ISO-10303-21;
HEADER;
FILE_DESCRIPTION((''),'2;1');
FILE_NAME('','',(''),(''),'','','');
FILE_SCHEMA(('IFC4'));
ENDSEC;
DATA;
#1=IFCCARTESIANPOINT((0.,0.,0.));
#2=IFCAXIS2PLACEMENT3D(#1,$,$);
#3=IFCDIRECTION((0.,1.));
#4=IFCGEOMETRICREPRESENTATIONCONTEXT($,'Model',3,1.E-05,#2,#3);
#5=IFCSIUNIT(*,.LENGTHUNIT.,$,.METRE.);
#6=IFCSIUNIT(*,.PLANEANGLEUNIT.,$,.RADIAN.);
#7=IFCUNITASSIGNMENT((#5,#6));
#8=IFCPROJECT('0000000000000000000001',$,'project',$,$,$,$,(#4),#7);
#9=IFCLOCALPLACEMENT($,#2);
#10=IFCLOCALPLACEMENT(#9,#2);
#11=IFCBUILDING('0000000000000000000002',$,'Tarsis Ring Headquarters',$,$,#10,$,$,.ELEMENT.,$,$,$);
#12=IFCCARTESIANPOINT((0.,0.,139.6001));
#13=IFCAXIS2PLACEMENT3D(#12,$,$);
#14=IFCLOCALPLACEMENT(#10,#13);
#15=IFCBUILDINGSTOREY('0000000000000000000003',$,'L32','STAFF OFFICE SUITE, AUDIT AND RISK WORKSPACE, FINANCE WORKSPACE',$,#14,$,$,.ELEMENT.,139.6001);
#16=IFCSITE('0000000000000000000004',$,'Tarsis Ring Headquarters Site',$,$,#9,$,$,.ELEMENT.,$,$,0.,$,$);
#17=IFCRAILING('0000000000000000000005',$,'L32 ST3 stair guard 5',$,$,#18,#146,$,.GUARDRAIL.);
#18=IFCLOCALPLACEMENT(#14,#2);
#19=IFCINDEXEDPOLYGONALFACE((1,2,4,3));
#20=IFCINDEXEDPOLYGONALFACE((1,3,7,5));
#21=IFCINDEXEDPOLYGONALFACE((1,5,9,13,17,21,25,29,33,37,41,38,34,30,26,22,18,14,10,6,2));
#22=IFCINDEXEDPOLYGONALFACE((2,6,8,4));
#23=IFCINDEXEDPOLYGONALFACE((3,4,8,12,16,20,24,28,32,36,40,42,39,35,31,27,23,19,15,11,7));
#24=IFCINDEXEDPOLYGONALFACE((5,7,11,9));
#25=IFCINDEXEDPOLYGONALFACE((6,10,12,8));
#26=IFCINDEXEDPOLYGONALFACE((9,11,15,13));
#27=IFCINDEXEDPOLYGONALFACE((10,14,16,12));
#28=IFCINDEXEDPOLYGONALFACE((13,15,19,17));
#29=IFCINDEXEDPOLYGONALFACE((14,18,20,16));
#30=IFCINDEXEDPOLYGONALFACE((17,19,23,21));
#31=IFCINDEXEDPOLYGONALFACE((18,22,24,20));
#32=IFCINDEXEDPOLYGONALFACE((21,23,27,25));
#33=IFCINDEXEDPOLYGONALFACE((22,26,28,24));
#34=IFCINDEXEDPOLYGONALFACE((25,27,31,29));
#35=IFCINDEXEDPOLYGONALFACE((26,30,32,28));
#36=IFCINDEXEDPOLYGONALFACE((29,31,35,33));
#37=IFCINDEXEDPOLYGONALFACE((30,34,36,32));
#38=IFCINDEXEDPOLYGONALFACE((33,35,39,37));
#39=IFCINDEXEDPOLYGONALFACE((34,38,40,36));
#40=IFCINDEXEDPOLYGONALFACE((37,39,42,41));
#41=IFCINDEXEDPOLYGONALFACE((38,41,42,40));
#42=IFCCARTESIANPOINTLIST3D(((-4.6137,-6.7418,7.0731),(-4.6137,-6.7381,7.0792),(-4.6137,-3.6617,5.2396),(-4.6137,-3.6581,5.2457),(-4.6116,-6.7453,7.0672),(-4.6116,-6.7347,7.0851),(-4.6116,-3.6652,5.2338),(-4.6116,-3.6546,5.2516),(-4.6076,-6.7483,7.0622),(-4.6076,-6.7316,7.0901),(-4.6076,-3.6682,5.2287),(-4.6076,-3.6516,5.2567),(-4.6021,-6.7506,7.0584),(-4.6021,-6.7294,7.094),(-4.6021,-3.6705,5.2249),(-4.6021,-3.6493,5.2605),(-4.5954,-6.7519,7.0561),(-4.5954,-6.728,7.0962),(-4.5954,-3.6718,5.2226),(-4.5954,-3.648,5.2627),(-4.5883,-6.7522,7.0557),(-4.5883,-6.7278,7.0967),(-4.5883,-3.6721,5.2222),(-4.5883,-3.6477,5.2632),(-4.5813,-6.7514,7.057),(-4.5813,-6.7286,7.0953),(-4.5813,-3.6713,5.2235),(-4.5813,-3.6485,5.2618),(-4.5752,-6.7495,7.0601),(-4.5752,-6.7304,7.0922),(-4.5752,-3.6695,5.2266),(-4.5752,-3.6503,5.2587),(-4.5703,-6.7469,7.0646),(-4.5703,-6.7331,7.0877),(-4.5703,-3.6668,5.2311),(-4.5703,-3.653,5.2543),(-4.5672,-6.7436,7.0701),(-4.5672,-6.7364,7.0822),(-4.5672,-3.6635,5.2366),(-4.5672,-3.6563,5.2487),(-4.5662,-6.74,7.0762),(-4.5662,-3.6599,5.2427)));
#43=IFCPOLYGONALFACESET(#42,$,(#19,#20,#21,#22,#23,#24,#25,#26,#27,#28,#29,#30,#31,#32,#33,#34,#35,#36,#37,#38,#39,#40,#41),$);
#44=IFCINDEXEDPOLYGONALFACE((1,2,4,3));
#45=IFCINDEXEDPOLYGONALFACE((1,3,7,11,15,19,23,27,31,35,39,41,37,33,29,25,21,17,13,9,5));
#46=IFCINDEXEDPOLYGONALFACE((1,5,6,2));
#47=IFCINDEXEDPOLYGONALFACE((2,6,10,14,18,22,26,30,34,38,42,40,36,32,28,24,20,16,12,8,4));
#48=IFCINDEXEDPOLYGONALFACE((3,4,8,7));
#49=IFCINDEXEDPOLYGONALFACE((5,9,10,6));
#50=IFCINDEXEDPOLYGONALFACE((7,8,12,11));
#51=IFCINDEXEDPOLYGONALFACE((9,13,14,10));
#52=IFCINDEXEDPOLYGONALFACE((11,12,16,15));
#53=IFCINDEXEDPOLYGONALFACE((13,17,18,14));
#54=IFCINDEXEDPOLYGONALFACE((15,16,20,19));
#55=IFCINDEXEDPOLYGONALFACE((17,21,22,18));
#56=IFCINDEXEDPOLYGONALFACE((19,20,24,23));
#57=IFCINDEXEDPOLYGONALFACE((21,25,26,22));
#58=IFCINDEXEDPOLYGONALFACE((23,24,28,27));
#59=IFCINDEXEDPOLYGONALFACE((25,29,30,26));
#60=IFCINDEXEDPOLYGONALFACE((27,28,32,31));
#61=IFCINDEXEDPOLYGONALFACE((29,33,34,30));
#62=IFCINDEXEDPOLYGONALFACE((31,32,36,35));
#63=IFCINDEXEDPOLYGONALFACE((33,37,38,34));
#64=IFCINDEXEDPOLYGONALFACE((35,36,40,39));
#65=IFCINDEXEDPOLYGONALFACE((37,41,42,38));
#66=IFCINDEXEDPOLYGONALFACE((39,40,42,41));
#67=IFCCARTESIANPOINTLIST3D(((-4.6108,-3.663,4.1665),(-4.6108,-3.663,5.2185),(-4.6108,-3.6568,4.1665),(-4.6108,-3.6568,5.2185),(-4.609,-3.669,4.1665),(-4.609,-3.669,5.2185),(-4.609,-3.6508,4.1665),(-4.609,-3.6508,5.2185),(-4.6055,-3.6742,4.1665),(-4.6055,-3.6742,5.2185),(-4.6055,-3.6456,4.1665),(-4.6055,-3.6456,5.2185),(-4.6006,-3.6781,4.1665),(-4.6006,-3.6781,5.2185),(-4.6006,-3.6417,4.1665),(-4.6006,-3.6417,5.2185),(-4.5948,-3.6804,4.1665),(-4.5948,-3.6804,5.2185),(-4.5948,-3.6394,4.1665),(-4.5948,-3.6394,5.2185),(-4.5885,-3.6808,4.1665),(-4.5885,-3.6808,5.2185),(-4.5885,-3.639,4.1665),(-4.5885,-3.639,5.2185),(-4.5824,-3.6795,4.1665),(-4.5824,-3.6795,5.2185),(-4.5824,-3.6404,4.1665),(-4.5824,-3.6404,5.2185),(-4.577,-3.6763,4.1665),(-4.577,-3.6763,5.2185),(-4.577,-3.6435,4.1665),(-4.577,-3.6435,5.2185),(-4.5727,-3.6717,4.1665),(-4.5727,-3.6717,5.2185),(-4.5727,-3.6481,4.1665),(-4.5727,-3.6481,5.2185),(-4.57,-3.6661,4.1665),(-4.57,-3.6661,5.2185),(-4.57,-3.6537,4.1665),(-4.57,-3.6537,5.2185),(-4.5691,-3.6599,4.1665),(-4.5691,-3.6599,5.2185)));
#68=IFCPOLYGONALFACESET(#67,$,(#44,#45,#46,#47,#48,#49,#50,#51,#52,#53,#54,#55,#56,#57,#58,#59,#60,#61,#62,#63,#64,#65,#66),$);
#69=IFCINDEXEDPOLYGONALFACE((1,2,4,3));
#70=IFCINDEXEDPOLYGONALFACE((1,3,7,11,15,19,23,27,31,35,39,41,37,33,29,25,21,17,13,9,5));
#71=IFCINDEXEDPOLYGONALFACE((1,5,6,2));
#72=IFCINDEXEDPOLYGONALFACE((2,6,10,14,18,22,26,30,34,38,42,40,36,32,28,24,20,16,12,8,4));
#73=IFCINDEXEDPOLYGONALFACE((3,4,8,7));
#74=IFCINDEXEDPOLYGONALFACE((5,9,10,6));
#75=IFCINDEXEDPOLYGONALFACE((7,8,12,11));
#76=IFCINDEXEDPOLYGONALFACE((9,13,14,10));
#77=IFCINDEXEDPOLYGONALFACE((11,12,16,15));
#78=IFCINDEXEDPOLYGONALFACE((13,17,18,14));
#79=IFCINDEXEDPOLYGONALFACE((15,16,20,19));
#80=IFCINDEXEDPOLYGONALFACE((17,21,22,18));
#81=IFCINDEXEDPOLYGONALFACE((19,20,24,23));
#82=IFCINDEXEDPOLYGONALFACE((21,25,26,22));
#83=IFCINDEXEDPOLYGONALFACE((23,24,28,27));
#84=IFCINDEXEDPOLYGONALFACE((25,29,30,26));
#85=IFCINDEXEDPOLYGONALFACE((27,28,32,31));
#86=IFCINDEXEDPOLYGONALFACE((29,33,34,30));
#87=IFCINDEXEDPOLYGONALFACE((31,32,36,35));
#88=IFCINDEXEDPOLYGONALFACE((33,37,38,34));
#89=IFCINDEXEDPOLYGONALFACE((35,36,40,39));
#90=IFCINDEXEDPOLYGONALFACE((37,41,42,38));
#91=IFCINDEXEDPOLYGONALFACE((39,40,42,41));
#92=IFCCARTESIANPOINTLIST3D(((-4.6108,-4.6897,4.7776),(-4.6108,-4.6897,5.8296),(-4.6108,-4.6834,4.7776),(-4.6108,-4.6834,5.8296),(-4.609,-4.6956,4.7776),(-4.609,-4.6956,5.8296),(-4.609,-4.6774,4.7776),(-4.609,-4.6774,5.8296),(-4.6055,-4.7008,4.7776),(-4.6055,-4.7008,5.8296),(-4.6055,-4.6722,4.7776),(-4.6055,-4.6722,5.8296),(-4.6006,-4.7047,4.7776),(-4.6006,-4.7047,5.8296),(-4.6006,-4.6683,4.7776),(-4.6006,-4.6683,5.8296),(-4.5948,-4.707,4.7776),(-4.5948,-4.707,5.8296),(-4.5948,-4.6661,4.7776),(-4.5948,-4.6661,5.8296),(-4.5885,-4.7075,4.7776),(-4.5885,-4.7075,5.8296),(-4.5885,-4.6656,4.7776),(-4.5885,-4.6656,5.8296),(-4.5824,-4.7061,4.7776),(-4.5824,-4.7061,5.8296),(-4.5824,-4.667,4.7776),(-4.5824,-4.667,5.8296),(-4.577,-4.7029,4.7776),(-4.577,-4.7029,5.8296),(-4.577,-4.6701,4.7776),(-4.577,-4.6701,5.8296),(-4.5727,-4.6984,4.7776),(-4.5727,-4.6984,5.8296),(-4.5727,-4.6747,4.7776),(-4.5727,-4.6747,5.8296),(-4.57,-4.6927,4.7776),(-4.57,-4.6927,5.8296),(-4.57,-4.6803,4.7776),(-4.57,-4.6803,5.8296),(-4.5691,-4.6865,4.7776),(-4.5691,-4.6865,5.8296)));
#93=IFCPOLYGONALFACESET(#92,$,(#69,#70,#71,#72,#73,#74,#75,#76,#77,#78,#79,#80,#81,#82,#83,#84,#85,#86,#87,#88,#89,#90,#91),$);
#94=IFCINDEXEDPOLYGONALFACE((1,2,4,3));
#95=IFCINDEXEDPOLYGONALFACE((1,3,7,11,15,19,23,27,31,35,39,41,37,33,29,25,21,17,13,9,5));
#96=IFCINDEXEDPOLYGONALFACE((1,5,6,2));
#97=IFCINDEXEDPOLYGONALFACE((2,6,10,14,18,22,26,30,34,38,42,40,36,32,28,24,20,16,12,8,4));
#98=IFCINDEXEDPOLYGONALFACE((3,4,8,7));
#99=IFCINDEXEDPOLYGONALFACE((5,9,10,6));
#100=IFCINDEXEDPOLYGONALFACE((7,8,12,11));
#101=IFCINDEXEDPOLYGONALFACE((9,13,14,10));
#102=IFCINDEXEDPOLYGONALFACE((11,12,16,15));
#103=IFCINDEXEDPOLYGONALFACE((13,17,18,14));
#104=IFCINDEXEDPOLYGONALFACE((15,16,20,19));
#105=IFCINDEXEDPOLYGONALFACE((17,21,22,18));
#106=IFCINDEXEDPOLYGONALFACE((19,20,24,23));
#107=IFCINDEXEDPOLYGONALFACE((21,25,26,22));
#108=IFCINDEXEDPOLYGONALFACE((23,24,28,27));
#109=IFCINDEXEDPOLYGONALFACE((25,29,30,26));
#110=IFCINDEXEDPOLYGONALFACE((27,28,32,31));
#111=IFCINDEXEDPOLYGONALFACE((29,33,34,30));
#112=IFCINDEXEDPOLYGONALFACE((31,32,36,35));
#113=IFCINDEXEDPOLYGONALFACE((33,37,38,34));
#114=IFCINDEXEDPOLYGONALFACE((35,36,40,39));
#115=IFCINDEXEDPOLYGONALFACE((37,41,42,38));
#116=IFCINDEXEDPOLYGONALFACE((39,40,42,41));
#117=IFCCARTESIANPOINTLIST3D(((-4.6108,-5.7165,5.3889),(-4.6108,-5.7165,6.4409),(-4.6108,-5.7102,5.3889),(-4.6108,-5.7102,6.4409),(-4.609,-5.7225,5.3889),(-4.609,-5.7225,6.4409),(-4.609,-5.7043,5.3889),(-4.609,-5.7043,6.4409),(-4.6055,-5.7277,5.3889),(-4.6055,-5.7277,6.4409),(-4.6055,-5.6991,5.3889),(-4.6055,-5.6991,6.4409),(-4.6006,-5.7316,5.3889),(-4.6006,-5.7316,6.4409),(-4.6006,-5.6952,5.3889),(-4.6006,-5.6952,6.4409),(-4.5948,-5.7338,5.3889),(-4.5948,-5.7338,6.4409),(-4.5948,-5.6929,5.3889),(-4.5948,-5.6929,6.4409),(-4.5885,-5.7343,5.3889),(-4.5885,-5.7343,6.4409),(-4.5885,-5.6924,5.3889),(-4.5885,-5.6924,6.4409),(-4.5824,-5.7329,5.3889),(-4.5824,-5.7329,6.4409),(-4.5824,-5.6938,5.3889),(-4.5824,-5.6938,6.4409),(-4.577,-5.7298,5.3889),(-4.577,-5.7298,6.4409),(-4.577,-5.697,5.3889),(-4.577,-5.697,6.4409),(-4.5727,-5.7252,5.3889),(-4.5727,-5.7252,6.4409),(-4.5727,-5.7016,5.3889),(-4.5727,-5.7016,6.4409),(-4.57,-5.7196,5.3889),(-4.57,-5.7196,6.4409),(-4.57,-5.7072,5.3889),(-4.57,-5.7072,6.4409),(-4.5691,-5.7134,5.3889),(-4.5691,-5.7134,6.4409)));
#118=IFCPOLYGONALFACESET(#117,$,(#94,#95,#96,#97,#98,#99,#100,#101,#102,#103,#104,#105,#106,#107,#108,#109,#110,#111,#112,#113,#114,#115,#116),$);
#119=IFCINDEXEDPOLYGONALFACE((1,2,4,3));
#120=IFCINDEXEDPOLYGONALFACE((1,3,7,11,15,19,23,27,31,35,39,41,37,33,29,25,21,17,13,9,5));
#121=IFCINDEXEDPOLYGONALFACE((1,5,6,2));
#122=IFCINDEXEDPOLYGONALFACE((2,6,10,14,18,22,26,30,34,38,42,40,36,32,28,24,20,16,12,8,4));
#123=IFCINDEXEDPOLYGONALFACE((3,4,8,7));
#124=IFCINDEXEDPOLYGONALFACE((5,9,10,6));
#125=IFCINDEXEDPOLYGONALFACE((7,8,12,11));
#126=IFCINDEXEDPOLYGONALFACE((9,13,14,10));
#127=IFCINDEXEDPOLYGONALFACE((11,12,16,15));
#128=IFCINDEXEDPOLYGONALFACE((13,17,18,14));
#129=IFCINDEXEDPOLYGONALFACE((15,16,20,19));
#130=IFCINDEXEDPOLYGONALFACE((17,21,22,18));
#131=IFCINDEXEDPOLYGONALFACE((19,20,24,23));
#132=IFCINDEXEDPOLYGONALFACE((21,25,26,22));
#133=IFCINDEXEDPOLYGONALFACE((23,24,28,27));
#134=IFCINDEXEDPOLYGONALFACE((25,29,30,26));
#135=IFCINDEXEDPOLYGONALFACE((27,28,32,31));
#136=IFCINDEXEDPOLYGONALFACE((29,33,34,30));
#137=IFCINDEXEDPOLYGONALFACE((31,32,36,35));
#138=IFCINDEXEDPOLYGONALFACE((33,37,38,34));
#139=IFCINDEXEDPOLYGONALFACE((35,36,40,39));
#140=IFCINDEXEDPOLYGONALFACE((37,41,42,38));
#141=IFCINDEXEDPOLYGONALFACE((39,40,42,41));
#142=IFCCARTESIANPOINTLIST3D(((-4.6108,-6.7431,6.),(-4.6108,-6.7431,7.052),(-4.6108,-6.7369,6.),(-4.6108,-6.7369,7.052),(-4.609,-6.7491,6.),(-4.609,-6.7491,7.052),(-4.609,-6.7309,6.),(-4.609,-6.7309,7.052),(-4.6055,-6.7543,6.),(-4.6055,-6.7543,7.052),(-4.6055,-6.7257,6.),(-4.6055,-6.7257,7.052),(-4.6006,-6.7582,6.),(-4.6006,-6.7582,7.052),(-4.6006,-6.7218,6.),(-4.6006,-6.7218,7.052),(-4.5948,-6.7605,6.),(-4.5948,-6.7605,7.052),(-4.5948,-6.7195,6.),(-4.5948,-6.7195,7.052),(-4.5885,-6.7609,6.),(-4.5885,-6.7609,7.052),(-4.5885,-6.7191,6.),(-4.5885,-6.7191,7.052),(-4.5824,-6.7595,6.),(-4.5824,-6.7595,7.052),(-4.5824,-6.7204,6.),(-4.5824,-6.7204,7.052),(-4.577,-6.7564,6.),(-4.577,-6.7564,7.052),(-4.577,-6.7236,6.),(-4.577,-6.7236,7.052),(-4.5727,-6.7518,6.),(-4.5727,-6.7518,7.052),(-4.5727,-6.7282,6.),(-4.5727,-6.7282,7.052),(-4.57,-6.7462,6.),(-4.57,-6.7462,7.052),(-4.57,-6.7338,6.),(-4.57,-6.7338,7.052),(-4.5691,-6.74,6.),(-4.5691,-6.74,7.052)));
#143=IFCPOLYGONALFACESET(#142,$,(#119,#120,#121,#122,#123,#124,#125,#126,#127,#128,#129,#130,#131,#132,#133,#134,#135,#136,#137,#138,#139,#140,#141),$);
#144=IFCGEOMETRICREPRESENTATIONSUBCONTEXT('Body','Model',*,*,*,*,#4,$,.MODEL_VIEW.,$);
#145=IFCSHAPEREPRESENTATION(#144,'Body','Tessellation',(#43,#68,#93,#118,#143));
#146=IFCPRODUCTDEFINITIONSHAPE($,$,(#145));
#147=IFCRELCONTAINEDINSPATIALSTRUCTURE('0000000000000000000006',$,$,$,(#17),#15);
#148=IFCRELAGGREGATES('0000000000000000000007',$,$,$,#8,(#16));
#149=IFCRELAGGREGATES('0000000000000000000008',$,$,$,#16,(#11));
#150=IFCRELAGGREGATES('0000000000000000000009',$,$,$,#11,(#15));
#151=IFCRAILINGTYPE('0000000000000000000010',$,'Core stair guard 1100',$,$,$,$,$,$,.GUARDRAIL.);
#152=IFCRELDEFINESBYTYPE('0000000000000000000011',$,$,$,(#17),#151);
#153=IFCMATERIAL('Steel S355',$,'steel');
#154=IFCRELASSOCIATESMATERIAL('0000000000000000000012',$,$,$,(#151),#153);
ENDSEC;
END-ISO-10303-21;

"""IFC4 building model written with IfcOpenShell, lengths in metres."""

from ifc_helpers import new_model, si_unit, direction, frame, origin, origin_2d, place, context, subcontext, project, spatial, circle, extrude, material, type_object, element, save


model = new_model("IFC4")

# Units and contexts
model_context = context("Model", 3, precision=1e-05, world=origin(), true_north=direction((0.0, 1.0)))
body_context = subcontext(model_context, "Body", "Model", "MODEL_VIEW")
ifc_project = project(units=[si_unit("LENGTHUNIT", "METRE"), si_unit("PLANEANGLEUNIT", "RADIAN")], contexts=[model_context])

# Site, building, storey
site_placement = place(None, origin())
site = spatial("IfcSite", under=ifc_project, at=site_placement, Name="Tarsis Ring Headquarters Site", CompositionType="ELEMENT", RefElevation=0.0)
building_placement = place(site_placement, origin())
building = spatial("IfcBuilding", under=site, at=building_placement, Name="Tarsis Ring Headquarters", CompositionType="ELEMENT")
storey_placement = place(building_placement, frame((0.0, 0.0, 139.6001)))
storey = spatial("IfcBuildingStorey", under=building, at=storey_placement, Name="L32", Description="STAFF OFFICE SUITE, AUDIT AND RISK WORKSPACE, FINANCE WORKSPACE", CompositionType="ELEMENT", Elevation=139.6001)

# Railing
ifc_material_1 = material(Name="Steel S355", Category="steel")
railing_type_1 = type_object("IfcRailingType", Name="Core stair guard 1100", PredefinedType="GUARDRAIL", material=ifc_material_1)
railing_1_placement = place(storey_placement, frame((-4.5901, -3.6599, 4.1665)))
element("IfcRailing", 1, at=railing_1_placement, inside=storey, type_object=railing_type_1, Name="L32 ST3 stair guard 5", PredefinedType="GUARDRAIL", context=body_context, shape_type="SweptSolid", body=[
    extrude(circle(Radius=0.0239, at=origin_2d()), frame((0.0, 0.0, 1.0762), z_axis=(0.0, -0.859279, 0.511508), x_axis=(1.0, 0.0, 0.0)), (0.0, 0.0, 1.0), 3.5845),
    extrude(circle(Radius=0.021, at=origin_2d()), origin(), (0.0, 0.0, 1.0), 1.052),
    extrude(circle(Radius=0.021, at=origin_2d()), frame((0.0, -1.0266, 0.6111)), (0.0, 0.0, 1.0), 1.052),
    extrude(circle(Radius=0.021, at=origin_2d()), frame((0.0, -2.0535, 1.2224)), (0.0, 0.0, 1.0), 1.052),
    extrude(circle(Radius=0.021, at=origin_2d()), frame((0.0, -3.0801, 1.8335)), (0.0, 0.0, 1.0), 1.052),
])

save(model, "model.ifc")
